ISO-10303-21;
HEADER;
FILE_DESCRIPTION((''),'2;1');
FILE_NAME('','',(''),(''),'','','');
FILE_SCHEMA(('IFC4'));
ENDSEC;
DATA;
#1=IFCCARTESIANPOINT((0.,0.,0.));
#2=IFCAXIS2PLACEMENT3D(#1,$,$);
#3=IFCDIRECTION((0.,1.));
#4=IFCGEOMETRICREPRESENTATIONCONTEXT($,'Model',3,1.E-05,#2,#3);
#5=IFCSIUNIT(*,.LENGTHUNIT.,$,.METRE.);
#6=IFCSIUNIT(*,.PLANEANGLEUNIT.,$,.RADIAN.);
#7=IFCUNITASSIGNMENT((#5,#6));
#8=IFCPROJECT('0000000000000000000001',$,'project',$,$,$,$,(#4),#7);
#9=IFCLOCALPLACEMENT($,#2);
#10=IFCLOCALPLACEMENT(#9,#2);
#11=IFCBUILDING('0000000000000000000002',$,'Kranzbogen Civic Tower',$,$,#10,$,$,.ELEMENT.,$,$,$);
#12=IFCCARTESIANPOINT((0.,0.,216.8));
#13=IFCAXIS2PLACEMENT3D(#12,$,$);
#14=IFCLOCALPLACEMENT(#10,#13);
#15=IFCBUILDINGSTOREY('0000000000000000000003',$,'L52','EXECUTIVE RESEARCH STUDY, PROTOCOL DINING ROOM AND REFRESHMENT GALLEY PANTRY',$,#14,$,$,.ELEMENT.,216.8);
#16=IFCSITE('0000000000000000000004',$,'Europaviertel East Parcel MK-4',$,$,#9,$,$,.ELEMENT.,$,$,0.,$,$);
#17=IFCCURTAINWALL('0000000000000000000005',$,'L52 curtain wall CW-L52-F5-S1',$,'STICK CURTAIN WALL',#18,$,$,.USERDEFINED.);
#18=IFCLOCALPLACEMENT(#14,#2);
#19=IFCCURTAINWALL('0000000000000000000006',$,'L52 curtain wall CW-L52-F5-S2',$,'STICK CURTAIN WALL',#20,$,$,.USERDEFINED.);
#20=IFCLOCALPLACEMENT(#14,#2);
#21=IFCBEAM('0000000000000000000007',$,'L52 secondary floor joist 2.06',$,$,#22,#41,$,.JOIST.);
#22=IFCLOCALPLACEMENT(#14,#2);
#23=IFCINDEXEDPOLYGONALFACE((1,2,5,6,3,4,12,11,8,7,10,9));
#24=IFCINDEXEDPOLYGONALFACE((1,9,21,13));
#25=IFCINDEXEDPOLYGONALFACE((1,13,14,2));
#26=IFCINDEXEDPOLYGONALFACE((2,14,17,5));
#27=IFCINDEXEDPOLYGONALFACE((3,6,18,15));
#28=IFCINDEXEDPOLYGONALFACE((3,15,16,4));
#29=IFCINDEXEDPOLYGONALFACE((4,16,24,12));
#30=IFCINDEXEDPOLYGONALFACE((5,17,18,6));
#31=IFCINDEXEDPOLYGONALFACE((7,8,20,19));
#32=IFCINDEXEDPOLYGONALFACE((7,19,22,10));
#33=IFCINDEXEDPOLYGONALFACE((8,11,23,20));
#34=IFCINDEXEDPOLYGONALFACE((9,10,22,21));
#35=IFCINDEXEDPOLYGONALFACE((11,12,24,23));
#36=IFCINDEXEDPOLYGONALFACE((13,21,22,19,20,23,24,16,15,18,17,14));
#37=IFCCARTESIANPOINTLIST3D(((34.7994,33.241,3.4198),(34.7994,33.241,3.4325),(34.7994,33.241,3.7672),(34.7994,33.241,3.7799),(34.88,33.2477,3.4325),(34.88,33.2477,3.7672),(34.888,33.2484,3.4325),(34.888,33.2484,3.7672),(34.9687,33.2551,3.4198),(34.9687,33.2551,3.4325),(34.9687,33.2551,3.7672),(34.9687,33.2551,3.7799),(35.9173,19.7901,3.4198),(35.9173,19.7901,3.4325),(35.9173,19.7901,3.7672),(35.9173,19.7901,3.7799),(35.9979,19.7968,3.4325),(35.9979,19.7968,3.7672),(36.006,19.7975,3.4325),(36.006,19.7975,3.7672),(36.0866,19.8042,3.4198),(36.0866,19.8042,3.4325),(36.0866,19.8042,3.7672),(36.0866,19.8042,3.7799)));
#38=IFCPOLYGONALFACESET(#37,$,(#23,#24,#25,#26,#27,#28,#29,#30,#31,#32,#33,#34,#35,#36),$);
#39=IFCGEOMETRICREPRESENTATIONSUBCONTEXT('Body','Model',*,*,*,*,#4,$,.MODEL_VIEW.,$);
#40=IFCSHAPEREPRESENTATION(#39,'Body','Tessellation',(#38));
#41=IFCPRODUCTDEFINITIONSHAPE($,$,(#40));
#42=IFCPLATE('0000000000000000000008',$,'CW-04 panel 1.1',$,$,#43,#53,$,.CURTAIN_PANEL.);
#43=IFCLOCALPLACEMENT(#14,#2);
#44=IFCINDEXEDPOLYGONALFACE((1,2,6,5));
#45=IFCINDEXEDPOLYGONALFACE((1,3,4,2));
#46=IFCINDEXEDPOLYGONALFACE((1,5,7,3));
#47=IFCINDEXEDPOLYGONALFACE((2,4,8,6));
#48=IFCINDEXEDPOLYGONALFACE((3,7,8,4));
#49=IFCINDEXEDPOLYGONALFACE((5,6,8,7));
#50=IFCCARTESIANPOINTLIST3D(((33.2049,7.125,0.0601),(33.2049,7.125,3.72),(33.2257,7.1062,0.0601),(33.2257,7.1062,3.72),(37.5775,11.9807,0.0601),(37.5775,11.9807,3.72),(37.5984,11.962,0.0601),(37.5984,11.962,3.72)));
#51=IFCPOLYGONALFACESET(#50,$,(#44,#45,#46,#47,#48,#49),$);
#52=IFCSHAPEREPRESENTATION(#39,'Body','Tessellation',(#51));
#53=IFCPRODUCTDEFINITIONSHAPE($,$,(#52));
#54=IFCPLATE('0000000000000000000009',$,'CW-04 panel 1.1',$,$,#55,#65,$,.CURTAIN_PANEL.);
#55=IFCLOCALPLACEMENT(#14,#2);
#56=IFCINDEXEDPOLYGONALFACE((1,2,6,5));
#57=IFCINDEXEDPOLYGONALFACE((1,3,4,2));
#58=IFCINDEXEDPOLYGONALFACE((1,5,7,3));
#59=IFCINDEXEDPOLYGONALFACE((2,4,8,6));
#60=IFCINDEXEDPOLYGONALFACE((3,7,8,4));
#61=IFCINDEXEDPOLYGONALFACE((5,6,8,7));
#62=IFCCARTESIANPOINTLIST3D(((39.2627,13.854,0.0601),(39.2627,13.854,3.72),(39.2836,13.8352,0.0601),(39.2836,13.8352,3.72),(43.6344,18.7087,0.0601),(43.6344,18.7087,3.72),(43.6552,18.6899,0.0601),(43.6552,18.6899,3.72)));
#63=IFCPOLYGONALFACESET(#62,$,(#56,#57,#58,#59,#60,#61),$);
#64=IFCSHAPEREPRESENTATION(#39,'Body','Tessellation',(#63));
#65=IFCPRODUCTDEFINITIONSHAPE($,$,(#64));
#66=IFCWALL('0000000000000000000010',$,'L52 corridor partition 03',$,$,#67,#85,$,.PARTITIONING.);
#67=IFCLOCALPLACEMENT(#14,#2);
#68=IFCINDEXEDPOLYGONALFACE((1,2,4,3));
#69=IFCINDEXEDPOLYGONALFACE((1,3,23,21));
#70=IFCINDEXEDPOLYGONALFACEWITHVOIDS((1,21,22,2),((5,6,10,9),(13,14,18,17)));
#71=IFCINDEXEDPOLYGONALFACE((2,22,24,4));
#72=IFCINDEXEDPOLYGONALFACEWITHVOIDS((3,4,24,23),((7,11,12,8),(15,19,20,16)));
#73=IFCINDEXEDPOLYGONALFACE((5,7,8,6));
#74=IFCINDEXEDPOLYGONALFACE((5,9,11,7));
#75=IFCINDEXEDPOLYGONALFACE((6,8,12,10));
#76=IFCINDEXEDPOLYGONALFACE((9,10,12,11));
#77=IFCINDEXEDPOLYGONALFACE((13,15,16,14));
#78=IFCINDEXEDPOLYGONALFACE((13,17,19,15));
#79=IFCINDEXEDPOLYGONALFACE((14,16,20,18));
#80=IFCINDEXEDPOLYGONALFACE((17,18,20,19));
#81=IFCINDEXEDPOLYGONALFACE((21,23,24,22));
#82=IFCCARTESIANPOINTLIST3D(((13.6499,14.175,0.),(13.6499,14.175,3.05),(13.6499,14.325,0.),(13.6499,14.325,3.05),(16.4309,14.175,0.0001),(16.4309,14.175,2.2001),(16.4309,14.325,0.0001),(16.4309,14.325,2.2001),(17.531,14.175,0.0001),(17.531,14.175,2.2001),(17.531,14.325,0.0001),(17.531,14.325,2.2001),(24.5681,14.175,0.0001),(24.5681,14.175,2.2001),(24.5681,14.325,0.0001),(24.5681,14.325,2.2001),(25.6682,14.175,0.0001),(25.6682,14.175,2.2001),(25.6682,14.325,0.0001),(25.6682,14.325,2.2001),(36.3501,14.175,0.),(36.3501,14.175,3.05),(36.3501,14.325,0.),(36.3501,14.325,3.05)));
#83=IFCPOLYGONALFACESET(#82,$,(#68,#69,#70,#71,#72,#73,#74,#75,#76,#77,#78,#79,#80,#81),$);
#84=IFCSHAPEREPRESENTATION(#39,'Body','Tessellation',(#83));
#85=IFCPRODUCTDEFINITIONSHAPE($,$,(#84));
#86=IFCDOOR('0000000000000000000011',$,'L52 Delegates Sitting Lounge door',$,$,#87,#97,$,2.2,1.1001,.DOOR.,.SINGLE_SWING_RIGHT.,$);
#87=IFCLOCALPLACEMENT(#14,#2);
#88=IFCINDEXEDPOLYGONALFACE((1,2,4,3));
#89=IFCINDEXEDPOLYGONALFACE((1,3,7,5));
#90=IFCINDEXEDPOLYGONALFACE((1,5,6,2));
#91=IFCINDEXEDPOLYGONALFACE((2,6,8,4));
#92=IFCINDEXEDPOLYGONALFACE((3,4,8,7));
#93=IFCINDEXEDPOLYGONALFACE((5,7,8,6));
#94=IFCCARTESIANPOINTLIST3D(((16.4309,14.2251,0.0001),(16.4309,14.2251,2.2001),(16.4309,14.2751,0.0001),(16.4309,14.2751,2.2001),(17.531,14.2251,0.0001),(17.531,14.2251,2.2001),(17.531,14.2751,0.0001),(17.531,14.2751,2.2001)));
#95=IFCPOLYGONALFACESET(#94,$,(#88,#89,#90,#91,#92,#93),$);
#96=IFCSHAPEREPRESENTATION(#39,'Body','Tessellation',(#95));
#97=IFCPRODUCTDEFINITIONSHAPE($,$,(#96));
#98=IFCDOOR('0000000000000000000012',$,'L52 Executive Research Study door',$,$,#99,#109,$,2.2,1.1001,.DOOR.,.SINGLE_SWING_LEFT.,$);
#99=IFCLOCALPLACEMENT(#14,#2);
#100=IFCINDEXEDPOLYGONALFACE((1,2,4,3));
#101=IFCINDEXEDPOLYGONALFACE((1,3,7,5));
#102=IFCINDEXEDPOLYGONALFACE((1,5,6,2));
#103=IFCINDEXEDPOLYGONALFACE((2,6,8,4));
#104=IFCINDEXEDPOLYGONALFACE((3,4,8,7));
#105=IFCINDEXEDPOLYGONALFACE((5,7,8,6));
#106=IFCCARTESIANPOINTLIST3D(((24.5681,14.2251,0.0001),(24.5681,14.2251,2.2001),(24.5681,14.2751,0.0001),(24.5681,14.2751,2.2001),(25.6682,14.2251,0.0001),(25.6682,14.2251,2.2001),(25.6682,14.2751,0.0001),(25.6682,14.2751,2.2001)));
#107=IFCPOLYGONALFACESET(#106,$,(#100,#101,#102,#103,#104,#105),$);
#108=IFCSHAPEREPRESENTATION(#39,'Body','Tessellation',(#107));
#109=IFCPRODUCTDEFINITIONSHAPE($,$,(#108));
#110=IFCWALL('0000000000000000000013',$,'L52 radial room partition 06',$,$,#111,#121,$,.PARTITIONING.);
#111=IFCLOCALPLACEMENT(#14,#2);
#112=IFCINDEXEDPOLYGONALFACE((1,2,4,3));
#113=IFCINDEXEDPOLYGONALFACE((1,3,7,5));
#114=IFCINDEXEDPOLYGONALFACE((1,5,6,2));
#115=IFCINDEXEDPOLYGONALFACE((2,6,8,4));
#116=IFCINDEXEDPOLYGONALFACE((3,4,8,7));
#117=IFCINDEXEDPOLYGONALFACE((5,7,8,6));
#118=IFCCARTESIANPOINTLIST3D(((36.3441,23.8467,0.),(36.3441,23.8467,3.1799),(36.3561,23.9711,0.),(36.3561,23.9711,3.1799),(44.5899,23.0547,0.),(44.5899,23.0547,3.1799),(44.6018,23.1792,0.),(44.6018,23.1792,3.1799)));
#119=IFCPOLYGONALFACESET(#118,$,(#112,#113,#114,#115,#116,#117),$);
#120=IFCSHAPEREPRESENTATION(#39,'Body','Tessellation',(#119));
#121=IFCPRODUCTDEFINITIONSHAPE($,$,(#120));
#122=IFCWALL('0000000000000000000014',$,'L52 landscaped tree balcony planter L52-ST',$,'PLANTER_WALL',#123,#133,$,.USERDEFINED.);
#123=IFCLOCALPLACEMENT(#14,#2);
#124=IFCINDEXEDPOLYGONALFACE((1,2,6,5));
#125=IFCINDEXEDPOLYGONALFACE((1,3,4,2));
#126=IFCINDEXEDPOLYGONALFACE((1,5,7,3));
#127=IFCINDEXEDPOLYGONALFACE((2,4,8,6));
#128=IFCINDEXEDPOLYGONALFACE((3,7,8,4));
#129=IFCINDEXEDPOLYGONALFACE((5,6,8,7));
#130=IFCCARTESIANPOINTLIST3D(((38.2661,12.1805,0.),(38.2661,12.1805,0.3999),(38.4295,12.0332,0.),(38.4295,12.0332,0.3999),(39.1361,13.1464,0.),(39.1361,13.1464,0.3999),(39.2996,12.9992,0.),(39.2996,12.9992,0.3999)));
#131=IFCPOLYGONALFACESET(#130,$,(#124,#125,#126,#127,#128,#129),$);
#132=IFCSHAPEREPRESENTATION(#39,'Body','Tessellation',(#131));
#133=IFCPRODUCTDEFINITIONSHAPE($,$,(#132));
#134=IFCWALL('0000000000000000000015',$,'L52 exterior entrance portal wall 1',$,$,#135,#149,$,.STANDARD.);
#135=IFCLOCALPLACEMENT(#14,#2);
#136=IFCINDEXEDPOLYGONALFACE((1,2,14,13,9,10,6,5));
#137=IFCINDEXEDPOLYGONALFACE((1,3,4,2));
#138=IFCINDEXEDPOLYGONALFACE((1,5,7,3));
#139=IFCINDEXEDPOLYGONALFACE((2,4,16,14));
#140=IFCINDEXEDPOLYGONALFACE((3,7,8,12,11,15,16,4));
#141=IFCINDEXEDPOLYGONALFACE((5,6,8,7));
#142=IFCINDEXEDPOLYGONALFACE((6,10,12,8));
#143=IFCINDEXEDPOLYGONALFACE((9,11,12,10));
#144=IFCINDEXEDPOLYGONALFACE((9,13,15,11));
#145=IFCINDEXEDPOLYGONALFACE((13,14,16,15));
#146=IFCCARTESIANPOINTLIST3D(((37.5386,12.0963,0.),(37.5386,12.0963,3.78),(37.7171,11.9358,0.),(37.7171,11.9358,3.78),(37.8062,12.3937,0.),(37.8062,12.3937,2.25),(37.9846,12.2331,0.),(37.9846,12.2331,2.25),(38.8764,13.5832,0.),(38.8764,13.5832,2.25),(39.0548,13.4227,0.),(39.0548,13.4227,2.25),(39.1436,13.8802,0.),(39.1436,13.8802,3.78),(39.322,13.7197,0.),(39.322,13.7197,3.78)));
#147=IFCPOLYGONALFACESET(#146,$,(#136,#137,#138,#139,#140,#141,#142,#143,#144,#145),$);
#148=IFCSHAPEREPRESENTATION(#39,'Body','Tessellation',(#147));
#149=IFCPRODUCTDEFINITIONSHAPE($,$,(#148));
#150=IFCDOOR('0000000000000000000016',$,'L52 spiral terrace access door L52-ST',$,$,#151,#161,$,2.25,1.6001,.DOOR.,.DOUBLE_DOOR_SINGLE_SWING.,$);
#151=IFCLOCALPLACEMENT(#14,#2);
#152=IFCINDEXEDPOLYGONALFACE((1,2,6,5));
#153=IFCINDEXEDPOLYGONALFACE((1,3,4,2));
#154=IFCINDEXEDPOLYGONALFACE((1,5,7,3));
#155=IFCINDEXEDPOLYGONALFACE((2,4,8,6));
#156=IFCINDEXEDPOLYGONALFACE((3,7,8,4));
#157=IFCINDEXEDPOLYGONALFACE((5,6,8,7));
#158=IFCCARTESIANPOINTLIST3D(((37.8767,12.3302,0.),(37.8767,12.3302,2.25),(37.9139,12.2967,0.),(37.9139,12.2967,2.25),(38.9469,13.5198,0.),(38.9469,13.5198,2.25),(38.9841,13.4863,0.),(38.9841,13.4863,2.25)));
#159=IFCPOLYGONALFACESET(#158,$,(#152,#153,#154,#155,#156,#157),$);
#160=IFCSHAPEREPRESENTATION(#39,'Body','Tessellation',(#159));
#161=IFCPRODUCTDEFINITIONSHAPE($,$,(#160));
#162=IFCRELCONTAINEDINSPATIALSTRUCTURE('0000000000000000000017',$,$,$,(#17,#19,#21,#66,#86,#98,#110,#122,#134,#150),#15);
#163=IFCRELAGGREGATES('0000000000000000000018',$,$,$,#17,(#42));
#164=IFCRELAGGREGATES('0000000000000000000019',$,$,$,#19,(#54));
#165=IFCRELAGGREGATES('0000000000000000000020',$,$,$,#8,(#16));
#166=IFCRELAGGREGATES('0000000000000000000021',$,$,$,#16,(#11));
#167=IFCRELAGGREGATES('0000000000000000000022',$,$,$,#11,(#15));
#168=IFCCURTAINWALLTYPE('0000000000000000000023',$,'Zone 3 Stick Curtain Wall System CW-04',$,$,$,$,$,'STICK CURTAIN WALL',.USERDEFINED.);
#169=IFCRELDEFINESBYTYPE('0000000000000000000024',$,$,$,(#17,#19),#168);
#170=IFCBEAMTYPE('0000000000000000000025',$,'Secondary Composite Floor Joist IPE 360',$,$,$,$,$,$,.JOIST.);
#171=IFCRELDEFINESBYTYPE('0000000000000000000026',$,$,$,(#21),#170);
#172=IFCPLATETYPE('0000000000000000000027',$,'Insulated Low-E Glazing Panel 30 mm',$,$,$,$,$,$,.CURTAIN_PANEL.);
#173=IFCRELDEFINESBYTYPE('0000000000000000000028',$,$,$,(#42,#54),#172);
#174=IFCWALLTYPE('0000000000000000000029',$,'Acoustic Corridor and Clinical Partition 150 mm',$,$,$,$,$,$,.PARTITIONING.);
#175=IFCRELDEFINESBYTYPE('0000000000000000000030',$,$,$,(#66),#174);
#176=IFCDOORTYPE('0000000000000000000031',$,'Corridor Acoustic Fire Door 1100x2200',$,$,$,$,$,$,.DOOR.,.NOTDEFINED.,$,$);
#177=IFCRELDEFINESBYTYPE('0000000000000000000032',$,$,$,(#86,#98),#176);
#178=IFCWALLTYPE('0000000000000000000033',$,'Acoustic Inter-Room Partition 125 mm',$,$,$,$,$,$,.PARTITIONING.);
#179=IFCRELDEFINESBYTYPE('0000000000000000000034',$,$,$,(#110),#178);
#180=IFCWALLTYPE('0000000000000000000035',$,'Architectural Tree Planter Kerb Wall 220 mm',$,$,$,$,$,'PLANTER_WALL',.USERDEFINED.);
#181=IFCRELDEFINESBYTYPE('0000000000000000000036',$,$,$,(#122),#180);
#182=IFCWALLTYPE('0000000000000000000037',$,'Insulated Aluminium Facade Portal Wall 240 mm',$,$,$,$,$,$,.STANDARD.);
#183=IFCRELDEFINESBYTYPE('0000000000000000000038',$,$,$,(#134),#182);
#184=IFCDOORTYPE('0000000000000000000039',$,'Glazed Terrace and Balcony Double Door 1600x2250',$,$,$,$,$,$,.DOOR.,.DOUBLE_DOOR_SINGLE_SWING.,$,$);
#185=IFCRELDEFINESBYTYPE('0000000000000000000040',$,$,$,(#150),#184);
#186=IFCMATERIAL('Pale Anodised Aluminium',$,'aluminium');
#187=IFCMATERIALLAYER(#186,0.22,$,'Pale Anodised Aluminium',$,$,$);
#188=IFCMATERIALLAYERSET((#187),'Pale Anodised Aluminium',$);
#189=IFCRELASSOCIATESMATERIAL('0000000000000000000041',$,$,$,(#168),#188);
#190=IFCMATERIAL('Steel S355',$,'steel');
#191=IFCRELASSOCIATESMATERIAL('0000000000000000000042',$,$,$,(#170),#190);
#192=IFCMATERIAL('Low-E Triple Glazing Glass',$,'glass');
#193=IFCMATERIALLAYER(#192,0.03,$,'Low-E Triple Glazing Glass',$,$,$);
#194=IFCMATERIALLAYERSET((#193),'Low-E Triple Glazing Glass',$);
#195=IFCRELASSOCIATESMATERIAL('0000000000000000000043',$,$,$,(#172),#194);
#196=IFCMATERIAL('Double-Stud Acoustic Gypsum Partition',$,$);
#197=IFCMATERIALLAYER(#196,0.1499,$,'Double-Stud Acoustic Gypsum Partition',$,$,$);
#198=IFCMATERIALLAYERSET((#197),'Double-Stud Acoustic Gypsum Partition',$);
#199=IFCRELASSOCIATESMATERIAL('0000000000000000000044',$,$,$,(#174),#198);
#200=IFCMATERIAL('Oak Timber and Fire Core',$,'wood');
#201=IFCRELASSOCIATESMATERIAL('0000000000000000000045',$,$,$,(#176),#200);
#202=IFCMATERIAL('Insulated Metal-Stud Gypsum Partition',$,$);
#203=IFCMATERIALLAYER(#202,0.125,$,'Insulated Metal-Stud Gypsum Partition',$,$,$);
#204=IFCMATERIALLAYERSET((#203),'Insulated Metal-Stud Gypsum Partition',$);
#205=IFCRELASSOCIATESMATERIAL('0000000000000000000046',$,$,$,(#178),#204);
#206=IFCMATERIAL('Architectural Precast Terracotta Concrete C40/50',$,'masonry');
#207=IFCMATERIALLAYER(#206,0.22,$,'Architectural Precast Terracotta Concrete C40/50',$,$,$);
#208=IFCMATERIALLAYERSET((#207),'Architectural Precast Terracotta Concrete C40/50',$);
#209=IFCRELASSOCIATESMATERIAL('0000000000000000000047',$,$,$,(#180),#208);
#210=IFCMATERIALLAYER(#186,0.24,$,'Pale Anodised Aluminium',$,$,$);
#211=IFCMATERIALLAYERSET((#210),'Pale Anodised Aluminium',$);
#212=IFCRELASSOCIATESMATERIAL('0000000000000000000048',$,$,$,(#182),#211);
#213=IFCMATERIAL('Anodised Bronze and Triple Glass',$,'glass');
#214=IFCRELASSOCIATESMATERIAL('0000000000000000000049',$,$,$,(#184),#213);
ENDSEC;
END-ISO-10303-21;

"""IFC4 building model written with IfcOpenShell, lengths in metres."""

from ifc_helpers import new_model, si_unit, direction, frame, frame_2d, origin, origin_2d, place, context, subcontext, project, spatial, rectangle, i_section, extrude, material, layer, layer_set, material_profile, profile_set, type_object, element, fill, aggregate, save


model = new_model("IFC4")

# Units and contexts
model_context = context("Model", 3, precision=1e-05, world=origin(), true_north=direction((0.0, 1.0)))
body_context = subcontext(model_context, "Body", "Model", "MODEL_VIEW")
ifc_project = project(units=[si_unit("LENGTHUNIT", "METRE"), si_unit("PLANEANGLEUNIT", "RADIAN")], contexts=[model_context])

# Site, building, storey
site_placement = place(None, origin())
site = spatial("IfcSite", under=ifc_project, at=site_placement, Name="Europaviertel East Parcel MK-4", CompositionType="ELEMENT", RefElevation=0.0)
building_placement = place(site_placement, origin())
building = spatial("IfcBuilding", under=site, at=building_placement, Name="Kranzbogen Civic Tower", CompositionType="ELEMENT")
storey_placement = place(building_placement, frame((0.0, 0.0, 216.8)))
storey = spatial("IfcBuildingStorey", under=building, at=storey_placement, Name="L52", Description="EXECUTIVE RESEARCH STUDY, PROTOCOL DINING ROOM AND REFRESHMENT GALLEY PANTRY", CompositionType="ELEMENT", Elevation=216.8)

# Shared definitions
ifc_material_1 = material(Name="Steel S355", Category="steel")

# Curtain walls
ifc_material_2 = material(Name="Pale Anodised Aluminium", Category="aluminium")
ifc_layer_1 = layer(ifc_material_2, 0.22, Name="Pale Anodised Aluminium")
ifc_layer_set_1 = layer_set([ifc_layer_1], Name="Pale Anodised Aluminium")
curtain_wall_type = type_object("IfcCurtainWallType", Name="Zone 3 Stick Curtain Wall System CW-04", ElementType="STICK CURTAIN WALL", PredefinedType="USERDEFINED", material=ifc_layer_set_1)
curtain_wall_1_placement = place(storey_placement, origin())
curtain_wall_1 = element("IfcCurtainWall", 1, at=curtain_wall_1_placement, inside=storey, type_object=curtain_wall_type, Name="L52 curtain wall CW-L52-F5-S1", ObjectType="STICK CURTAIN WALL", PredefinedType="USERDEFINED")
curtain_wall_2_placement = place(storey_placement, origin())
curtain_wall_2 = element("IfcCurtainWall", 2, at=curtain_wall_2_placement, inside=storey, type_object=curtain_wall_type, Name="L52 curtain wall CW-L52-F5-S2", ObjectType="STICK CURTAIN WALL", PredefinedType="USERDEFINED")

# Beam
ifc_material_profile_1 = material_profile(ifc_material_1, i_section(OverallWidth=0.1699, OverallDepth=0.3601, WebThickness=0.0081, FlangeThickness=0.0127, at=origin_2d()), Name="IPE 360")
ifc_profile_set_1 = profile_set([ifc_material_profile_1], Name="Steel S355")
beam_type_1 = type_object("IfcBeamType", Name="Secondary Composite Floor Joist IPE 360", PredefinedType="JOIST", material=ifc_profile_set_1)
beam_1_placement = place(storey_placement, frame((36.002, 19.7971, 3.5999), z_axis=(-0.082825, 0.996564, 0.0), x_axis=(-0.996564, -0.082825, 0.0)))
element("IfcBeam", 3, at=beam_1_placement, inside=storey, type_object=beam_type_1, Name="L52 secondary floor joist 2.06", PredefinedType="JOIST", context=body_context, shape_type="SweptSolid", body=[
    extrude(i_section(OverallWidth=0.1699, OverallDepth=0.3601, WebThickness=0.0081, FlangeThickness=0.0127, at=origin_2d()), origin(), (0.0, 0.0, 1.0), 13.4973),
])

# Plates
ifc_material_3 = material(Name="Low-E Triple Glazing Glass", Category="glass")
ifc_layer_2 = layer(ifc_material_3, 0.03, Name="Low-E Triple Glazing Glass")
ifc_layer_set_2 = layer_set([ifc_layer_2], Name="Low-E Triple Glazing Glass")
plate_type = type_object("IfcPlateType", Name="Insulated Low-E Glazing Panel 30 mm", PredefinedType="CURTAIN_PANEL", material=ifc_layer_set_2)
plate_1_placement = place(storey_placement, frame((35.4016, 9.5435, 0.0601), z_axis=(0.0, 0.0, 1.0), x_axis=(0.669172, 0.743107, 0.0)))
plate_1 = element("IfcPlate", 4, at=plate_1_placement, type_object=plate_type, Name="CW-04 panel 1.1", PredefinedType="CURTAIN_PANEL", context=body_context, shape_type="SweptSolid", body=[
    extrude(rectangle(XDim=6.5344, YDim=0.0281, at=origin_2d()), origin(), (0.0, 0.0, 1.0), 3.6599),
])
aggregate(curtain_wall_1, [plate_1])
plate_2_placement = place(storey_placement, frame((41.459, 16.272, 0.0601), z_axis=(0.0, 0.0, 1.0), x_axis=(0.669164, 0.743115, 0.0)))
plate_2 = element("IfcPlate", 5, at=plate_2_placement, type_object=plate_type, Name="CW-04 panel 1.1", PredefinedType="CURTAIN_PANEL", context=body_context, shape_type="SweptSolid", body=[
    extrude(rectangle(XDim=6.533, YDim=0.0281, at=origin_2d()), origin(), (0.0, 0.0, 1.0), 3.6599),
])
aggregate(curtain_wall_2, [plate_2])

# Wall, openings, doors
ifc_material_4 = material(Name="Double-Stud Acoustic Gypsum Partition")
ifc_layer_3 = layer(ifc_material_4, 0.1499, Name="Double-Stud Acoustic Gypsum Partition")
ifc_layer_set_3 = layer_set([ifc_layer_3], Name="Double-Stud Acoustic Gypsum Partition")
wall_type_1 = type_object("IfcWallType", Name="Acoustic Corridor and Clinical Partition 150 mm", PredefinedType="PARTITIONING", material=ifc_layer_set_3)
wall_1_placement = place(storey_placement, frame((36.3501, 14.25, 0.0), z_axis=(0.0, 0.0, 1.0), x_axis=(-1.0, 0.0, 0.0)))
wall_1 = element("IfcWall", 6, at=wall_1_placement, inside=storey, type_object=wall_type_1, Name="L52 corridor partition 03", PredefinedType="PARTITIONING", context=body_context, shape_type="SweptSolid", body=[
    extrude(rectangle(XDim=22.7002, YDim=0.1499, at=frame_2d((11.3501, 0.0))), origin(), (0.0, 0.0, 1.0), 3.05),
])
opening_1_placement = place(wall_1_placement, frame((18.8191, 0.0, 0.0)))
opening_1 = element("IfcOpeningElement", 7, at=opening_1_placement, cuts=wall_1, PredefinedType="OPENING", context=body_context, shape_type="SweptSolid", body=[
    extrude(rectangle(XDim=1.1001, YDim=2.2, at=frame_2d((0.55, 1.1001))), frame((0.0, 0.085, 0.0), z_axis=(0.0, -1.0, 0.0), x_axis=(1.0, 0.0, 0.0)), (0.0, 0.0, 1.0), 0.1699),
])
opening_2_placement = place(wall_1_placement, frame((10.6819, 0.0, 0.0)))
opening_2 = element("IfcOpeningElement", 8, at=opening_2_placement, cuts=wall_1, PredefinedType="OPENING", context=body_context, shape_type="SweptSolid", body=[
    extrude(rectangle(XDim=1.1001, YDim=2.2, at=frame_2d((0.55, 1.1001))), frame((0.0, 0.085, 0.0), z_axis=(0.0, -1.0, 0.0), x_axis=(1.0, 0.0, 0.0)), (0.0, 0.0, 1.0), 0.1699),
])
ifc_material_5 = material(Name="Oak Timber and Fire Core", Category="wood")
door_type_1 = type_object("IfcDoorType", Name="Corridor Acoustic Fire Door 1100x2200", OperationType="NOTDEFINED", PredefinedType="DOOR", material=ifc_material_5)
door_1_placement = place(opening_1_placement, origin())
door_1 = element("IfcDoor", 9, at=door_1_placement, inside=storey, type_object=door_type_1, Name="L52 Delegates Sitting Lounge door", OperationType="SINGLE_SWING_RIGHT", OverallHeight=2.2, OverallWidth=1.1001, PredefinedType="DOOR", context=body_context, shape_type="SweptSolid", body=[
    extrude(rectangle(XDim=1.1001, YDim=2.2, at=frame_2d((0.55, 1.1001))), frame((0.0, 0.0249, 0.0), z_axis=(0.0, -1.0, 0.0), x_axis=(1.0, 0.0, 0.0)), (0.0, 0.0, 1.0), 0.05),
])
fill(opening_1, door_1)
door_2_placement = place(opening_2_placement, origin())
door_2 = element("IfcDoor", 10, at=door_2_placement, inside=storey, type_object=door_type_1, Name="L52 Executive Research Study door", OperationType="SINGLE_SWING_LEFT", OverallHeight=2.2, OverallWidth=1.1001, PredefinedType="DOOR", context=body_context, shape_type="SweptSolid", body=[
    extrude(rectangle(XDim=1.1001, YDim=2.2, at=frame_2d((0.55, 1.1001))), frame((0.0, 0.0249, 0.0), z_axis=(0.0, -1.0, 0.0), x_axis=(1.0, 0.0, 0.0)), (0.0, 0.0, 1.0), 0.05),
])
fill(opening_2, door_2)

# Walls
ifc_material_6 = material(Name="Insulated Metal-Stud Gypsum Partition")
ifc_layer_4 = layer(ifc_material_6, 0.125, Name="Insulated Metal-Stud Gypsum Partition")
ifc_layer_set_4 = layer_set([ifc_layer_4], Name="Insulated Metal-Stud Gypsum Partition")
wall_type_2 = type_object("IfcWallType", Name="Acoustic Inter-Room Partition 125 mm", PredefinedType="PARTITIONING", material=ifc_layer_set_4)
wall_2_placement = place(storey_placement, frame((36.3501, 23.9089, 0.0), z_axis=(0.0, 0.0, 1.0), x_axis=(0.995419, -0.095607, 0.0)))
element("IfcWall", 11, at=wall_2_placement, inside=storey, type_object=wall_type_2, Name="L52 radial room partition 06", PredefinedType="PARTITIONING", context=body_context, shape_type="SweptSolid", body=[
    extrude(rectangle(XDim=8.2837, YDim=0.125, at=frame_2d((4.1418, 0.0))), origin(), (0.0, 0.0, 1.0), 3.1799),
])
ifc_material_7 = material(Name="Architectural Precast Terracotta Concrete C40/50", Category="masonry")
ifc_layer_5 = layer(ifc_material_7, 0.22, Name="Architectural Precast Terracotta Concrete C40/50")
ifc_layer_set_5 = layer_set([ifc_layer_5], Name="Architectural Precast Terracotta Concrete C40/50")
wall_type_3 = type_object("IfcWallType", Name="Architectural Tree Planter Kerb Wall 220 mm", ElementType="PLANTER_WALL", PredefinedType="USERDEFINED", material=ifc_layer_set_5)
wall_3_placement = place(storey_placement, frame((38.3479, 12.1069, 0.0), z_axis=(0.0, 0.0, 1.0), x_axis=(0.669245, 0.743042, 0.0)))
element("IfcWall", 12, at=wall_3_placement, inside=storey, type_object=wall_type_3, Name="L52 landscaped tree balcony planter L52-ST", ObjectType="PLANTER_WALL", PredefinedType="USERDEFINED", context=body_context, shape_type="SweptSolid", body=[
    extrude(rectangle(XDim=1.3, YDim=0.22, at=frame_2d((0.6499, 0.0))), origin(), (0.0, 0.0, 1.0), 0.3999),
])

# Wall, opening, door
ifc_layer_6 = layer(ifc_material_2, 0.24, Name="Pale Anodised Aluminium")
ifc_layer_set_6 = layer_set([ifc_layer_6], Name="Pale Anodised Aluminium")
wall_type_4 = type_object("IfcWallType", Name="Insulated Aluminium Facade Portal Wall 240 mm", PredefinedType="STANDARD", material=ifc_layer_set_6)
wall_4_placement = place(storey_placement, frame((37.6279, 12.0161, 0.0), z_axis=(0.0, 0.0, 1.0), x_axis=(0.668835, 0.74341, 0.0)))
wall_4 = element("IfcWall", 13, at=wall_4_placement, inside=storey, type_object=wall_type_4, Name="L52 exterior entrance portal wall 1", PredefinedType="STANDARD", context=body_context, shape_type="SweptSolid", body=[
    extrude(rectangle(XDim=2.3997, YDim=0.24, at=frame_2d((1.1997, 0.0))), origin(), (0.0, 0.0, 1.0), 3.78),
])
opening_3_placement = place(wall_4_placement, frame((0.3999, 0.0, 0.0)))
opening_3 = element("IfcOpeningElement", 14, at=opening_3_placement, cuts=wall_4, PredefinedType="OPENING", context=body_context, shape_type="SweptSolid", body=[
    extrude(rectangle(XDim=1.6001, YDim=2.25, at=frame_2d((0.8, 1.125))), frame((0.0, 0.1299, 0.0), z_axis=(0.0, -1.0, 0.0), x_axis=(1.0, 0.0, 0.0)), (0.0, 0.0, 1.0), 0.26),
])
ifc_material_8 = material(Name="Anodised Bronze and Triple Glass", Category="glass")
door_type_2 = type_object("IfcDoorType", Name="Glazed Terrace and Balcony Double Door 1600x2250", OperationType="DOUBLE_DOOR_SINGLE_SWING", PredefinedType="DOOR", material=ifc_material_8)
door_3_placement = place(opening_3_placement, frame((1.6001, 0.0, 0.0), z_axis=(0.0, 0.0, 1.0), x_axis=(-1.0, 0.0, 0.0)))
door_3 = element("IfcDoor", 15, at=door_3_placement, inside=storey, type_object=door_type_2, Name="L52 spiral terrace access door L52-ST", OperationType="DOUBLE_DOOR_SINGLE_SWING", OverallHeight=2.25, OverallWidth=1.6001, PredefinedType="DOOR", context=body_context, shape_type="SweptSolid", body=[
    extrude(rectangle(XDim=1.6001, YDim=2.25, at=frame_2d((0.8, 1.125))), frame((0.0, 0.0249, 0.0), z_axis=(0.0, -1.0, 0.0), x_axis=(1.0, 0.0, 0.0)), (0.0, 0.0, 1.0), 0.05),
])
fill(opening_3, door_3)

save(model, "model.ifc")
